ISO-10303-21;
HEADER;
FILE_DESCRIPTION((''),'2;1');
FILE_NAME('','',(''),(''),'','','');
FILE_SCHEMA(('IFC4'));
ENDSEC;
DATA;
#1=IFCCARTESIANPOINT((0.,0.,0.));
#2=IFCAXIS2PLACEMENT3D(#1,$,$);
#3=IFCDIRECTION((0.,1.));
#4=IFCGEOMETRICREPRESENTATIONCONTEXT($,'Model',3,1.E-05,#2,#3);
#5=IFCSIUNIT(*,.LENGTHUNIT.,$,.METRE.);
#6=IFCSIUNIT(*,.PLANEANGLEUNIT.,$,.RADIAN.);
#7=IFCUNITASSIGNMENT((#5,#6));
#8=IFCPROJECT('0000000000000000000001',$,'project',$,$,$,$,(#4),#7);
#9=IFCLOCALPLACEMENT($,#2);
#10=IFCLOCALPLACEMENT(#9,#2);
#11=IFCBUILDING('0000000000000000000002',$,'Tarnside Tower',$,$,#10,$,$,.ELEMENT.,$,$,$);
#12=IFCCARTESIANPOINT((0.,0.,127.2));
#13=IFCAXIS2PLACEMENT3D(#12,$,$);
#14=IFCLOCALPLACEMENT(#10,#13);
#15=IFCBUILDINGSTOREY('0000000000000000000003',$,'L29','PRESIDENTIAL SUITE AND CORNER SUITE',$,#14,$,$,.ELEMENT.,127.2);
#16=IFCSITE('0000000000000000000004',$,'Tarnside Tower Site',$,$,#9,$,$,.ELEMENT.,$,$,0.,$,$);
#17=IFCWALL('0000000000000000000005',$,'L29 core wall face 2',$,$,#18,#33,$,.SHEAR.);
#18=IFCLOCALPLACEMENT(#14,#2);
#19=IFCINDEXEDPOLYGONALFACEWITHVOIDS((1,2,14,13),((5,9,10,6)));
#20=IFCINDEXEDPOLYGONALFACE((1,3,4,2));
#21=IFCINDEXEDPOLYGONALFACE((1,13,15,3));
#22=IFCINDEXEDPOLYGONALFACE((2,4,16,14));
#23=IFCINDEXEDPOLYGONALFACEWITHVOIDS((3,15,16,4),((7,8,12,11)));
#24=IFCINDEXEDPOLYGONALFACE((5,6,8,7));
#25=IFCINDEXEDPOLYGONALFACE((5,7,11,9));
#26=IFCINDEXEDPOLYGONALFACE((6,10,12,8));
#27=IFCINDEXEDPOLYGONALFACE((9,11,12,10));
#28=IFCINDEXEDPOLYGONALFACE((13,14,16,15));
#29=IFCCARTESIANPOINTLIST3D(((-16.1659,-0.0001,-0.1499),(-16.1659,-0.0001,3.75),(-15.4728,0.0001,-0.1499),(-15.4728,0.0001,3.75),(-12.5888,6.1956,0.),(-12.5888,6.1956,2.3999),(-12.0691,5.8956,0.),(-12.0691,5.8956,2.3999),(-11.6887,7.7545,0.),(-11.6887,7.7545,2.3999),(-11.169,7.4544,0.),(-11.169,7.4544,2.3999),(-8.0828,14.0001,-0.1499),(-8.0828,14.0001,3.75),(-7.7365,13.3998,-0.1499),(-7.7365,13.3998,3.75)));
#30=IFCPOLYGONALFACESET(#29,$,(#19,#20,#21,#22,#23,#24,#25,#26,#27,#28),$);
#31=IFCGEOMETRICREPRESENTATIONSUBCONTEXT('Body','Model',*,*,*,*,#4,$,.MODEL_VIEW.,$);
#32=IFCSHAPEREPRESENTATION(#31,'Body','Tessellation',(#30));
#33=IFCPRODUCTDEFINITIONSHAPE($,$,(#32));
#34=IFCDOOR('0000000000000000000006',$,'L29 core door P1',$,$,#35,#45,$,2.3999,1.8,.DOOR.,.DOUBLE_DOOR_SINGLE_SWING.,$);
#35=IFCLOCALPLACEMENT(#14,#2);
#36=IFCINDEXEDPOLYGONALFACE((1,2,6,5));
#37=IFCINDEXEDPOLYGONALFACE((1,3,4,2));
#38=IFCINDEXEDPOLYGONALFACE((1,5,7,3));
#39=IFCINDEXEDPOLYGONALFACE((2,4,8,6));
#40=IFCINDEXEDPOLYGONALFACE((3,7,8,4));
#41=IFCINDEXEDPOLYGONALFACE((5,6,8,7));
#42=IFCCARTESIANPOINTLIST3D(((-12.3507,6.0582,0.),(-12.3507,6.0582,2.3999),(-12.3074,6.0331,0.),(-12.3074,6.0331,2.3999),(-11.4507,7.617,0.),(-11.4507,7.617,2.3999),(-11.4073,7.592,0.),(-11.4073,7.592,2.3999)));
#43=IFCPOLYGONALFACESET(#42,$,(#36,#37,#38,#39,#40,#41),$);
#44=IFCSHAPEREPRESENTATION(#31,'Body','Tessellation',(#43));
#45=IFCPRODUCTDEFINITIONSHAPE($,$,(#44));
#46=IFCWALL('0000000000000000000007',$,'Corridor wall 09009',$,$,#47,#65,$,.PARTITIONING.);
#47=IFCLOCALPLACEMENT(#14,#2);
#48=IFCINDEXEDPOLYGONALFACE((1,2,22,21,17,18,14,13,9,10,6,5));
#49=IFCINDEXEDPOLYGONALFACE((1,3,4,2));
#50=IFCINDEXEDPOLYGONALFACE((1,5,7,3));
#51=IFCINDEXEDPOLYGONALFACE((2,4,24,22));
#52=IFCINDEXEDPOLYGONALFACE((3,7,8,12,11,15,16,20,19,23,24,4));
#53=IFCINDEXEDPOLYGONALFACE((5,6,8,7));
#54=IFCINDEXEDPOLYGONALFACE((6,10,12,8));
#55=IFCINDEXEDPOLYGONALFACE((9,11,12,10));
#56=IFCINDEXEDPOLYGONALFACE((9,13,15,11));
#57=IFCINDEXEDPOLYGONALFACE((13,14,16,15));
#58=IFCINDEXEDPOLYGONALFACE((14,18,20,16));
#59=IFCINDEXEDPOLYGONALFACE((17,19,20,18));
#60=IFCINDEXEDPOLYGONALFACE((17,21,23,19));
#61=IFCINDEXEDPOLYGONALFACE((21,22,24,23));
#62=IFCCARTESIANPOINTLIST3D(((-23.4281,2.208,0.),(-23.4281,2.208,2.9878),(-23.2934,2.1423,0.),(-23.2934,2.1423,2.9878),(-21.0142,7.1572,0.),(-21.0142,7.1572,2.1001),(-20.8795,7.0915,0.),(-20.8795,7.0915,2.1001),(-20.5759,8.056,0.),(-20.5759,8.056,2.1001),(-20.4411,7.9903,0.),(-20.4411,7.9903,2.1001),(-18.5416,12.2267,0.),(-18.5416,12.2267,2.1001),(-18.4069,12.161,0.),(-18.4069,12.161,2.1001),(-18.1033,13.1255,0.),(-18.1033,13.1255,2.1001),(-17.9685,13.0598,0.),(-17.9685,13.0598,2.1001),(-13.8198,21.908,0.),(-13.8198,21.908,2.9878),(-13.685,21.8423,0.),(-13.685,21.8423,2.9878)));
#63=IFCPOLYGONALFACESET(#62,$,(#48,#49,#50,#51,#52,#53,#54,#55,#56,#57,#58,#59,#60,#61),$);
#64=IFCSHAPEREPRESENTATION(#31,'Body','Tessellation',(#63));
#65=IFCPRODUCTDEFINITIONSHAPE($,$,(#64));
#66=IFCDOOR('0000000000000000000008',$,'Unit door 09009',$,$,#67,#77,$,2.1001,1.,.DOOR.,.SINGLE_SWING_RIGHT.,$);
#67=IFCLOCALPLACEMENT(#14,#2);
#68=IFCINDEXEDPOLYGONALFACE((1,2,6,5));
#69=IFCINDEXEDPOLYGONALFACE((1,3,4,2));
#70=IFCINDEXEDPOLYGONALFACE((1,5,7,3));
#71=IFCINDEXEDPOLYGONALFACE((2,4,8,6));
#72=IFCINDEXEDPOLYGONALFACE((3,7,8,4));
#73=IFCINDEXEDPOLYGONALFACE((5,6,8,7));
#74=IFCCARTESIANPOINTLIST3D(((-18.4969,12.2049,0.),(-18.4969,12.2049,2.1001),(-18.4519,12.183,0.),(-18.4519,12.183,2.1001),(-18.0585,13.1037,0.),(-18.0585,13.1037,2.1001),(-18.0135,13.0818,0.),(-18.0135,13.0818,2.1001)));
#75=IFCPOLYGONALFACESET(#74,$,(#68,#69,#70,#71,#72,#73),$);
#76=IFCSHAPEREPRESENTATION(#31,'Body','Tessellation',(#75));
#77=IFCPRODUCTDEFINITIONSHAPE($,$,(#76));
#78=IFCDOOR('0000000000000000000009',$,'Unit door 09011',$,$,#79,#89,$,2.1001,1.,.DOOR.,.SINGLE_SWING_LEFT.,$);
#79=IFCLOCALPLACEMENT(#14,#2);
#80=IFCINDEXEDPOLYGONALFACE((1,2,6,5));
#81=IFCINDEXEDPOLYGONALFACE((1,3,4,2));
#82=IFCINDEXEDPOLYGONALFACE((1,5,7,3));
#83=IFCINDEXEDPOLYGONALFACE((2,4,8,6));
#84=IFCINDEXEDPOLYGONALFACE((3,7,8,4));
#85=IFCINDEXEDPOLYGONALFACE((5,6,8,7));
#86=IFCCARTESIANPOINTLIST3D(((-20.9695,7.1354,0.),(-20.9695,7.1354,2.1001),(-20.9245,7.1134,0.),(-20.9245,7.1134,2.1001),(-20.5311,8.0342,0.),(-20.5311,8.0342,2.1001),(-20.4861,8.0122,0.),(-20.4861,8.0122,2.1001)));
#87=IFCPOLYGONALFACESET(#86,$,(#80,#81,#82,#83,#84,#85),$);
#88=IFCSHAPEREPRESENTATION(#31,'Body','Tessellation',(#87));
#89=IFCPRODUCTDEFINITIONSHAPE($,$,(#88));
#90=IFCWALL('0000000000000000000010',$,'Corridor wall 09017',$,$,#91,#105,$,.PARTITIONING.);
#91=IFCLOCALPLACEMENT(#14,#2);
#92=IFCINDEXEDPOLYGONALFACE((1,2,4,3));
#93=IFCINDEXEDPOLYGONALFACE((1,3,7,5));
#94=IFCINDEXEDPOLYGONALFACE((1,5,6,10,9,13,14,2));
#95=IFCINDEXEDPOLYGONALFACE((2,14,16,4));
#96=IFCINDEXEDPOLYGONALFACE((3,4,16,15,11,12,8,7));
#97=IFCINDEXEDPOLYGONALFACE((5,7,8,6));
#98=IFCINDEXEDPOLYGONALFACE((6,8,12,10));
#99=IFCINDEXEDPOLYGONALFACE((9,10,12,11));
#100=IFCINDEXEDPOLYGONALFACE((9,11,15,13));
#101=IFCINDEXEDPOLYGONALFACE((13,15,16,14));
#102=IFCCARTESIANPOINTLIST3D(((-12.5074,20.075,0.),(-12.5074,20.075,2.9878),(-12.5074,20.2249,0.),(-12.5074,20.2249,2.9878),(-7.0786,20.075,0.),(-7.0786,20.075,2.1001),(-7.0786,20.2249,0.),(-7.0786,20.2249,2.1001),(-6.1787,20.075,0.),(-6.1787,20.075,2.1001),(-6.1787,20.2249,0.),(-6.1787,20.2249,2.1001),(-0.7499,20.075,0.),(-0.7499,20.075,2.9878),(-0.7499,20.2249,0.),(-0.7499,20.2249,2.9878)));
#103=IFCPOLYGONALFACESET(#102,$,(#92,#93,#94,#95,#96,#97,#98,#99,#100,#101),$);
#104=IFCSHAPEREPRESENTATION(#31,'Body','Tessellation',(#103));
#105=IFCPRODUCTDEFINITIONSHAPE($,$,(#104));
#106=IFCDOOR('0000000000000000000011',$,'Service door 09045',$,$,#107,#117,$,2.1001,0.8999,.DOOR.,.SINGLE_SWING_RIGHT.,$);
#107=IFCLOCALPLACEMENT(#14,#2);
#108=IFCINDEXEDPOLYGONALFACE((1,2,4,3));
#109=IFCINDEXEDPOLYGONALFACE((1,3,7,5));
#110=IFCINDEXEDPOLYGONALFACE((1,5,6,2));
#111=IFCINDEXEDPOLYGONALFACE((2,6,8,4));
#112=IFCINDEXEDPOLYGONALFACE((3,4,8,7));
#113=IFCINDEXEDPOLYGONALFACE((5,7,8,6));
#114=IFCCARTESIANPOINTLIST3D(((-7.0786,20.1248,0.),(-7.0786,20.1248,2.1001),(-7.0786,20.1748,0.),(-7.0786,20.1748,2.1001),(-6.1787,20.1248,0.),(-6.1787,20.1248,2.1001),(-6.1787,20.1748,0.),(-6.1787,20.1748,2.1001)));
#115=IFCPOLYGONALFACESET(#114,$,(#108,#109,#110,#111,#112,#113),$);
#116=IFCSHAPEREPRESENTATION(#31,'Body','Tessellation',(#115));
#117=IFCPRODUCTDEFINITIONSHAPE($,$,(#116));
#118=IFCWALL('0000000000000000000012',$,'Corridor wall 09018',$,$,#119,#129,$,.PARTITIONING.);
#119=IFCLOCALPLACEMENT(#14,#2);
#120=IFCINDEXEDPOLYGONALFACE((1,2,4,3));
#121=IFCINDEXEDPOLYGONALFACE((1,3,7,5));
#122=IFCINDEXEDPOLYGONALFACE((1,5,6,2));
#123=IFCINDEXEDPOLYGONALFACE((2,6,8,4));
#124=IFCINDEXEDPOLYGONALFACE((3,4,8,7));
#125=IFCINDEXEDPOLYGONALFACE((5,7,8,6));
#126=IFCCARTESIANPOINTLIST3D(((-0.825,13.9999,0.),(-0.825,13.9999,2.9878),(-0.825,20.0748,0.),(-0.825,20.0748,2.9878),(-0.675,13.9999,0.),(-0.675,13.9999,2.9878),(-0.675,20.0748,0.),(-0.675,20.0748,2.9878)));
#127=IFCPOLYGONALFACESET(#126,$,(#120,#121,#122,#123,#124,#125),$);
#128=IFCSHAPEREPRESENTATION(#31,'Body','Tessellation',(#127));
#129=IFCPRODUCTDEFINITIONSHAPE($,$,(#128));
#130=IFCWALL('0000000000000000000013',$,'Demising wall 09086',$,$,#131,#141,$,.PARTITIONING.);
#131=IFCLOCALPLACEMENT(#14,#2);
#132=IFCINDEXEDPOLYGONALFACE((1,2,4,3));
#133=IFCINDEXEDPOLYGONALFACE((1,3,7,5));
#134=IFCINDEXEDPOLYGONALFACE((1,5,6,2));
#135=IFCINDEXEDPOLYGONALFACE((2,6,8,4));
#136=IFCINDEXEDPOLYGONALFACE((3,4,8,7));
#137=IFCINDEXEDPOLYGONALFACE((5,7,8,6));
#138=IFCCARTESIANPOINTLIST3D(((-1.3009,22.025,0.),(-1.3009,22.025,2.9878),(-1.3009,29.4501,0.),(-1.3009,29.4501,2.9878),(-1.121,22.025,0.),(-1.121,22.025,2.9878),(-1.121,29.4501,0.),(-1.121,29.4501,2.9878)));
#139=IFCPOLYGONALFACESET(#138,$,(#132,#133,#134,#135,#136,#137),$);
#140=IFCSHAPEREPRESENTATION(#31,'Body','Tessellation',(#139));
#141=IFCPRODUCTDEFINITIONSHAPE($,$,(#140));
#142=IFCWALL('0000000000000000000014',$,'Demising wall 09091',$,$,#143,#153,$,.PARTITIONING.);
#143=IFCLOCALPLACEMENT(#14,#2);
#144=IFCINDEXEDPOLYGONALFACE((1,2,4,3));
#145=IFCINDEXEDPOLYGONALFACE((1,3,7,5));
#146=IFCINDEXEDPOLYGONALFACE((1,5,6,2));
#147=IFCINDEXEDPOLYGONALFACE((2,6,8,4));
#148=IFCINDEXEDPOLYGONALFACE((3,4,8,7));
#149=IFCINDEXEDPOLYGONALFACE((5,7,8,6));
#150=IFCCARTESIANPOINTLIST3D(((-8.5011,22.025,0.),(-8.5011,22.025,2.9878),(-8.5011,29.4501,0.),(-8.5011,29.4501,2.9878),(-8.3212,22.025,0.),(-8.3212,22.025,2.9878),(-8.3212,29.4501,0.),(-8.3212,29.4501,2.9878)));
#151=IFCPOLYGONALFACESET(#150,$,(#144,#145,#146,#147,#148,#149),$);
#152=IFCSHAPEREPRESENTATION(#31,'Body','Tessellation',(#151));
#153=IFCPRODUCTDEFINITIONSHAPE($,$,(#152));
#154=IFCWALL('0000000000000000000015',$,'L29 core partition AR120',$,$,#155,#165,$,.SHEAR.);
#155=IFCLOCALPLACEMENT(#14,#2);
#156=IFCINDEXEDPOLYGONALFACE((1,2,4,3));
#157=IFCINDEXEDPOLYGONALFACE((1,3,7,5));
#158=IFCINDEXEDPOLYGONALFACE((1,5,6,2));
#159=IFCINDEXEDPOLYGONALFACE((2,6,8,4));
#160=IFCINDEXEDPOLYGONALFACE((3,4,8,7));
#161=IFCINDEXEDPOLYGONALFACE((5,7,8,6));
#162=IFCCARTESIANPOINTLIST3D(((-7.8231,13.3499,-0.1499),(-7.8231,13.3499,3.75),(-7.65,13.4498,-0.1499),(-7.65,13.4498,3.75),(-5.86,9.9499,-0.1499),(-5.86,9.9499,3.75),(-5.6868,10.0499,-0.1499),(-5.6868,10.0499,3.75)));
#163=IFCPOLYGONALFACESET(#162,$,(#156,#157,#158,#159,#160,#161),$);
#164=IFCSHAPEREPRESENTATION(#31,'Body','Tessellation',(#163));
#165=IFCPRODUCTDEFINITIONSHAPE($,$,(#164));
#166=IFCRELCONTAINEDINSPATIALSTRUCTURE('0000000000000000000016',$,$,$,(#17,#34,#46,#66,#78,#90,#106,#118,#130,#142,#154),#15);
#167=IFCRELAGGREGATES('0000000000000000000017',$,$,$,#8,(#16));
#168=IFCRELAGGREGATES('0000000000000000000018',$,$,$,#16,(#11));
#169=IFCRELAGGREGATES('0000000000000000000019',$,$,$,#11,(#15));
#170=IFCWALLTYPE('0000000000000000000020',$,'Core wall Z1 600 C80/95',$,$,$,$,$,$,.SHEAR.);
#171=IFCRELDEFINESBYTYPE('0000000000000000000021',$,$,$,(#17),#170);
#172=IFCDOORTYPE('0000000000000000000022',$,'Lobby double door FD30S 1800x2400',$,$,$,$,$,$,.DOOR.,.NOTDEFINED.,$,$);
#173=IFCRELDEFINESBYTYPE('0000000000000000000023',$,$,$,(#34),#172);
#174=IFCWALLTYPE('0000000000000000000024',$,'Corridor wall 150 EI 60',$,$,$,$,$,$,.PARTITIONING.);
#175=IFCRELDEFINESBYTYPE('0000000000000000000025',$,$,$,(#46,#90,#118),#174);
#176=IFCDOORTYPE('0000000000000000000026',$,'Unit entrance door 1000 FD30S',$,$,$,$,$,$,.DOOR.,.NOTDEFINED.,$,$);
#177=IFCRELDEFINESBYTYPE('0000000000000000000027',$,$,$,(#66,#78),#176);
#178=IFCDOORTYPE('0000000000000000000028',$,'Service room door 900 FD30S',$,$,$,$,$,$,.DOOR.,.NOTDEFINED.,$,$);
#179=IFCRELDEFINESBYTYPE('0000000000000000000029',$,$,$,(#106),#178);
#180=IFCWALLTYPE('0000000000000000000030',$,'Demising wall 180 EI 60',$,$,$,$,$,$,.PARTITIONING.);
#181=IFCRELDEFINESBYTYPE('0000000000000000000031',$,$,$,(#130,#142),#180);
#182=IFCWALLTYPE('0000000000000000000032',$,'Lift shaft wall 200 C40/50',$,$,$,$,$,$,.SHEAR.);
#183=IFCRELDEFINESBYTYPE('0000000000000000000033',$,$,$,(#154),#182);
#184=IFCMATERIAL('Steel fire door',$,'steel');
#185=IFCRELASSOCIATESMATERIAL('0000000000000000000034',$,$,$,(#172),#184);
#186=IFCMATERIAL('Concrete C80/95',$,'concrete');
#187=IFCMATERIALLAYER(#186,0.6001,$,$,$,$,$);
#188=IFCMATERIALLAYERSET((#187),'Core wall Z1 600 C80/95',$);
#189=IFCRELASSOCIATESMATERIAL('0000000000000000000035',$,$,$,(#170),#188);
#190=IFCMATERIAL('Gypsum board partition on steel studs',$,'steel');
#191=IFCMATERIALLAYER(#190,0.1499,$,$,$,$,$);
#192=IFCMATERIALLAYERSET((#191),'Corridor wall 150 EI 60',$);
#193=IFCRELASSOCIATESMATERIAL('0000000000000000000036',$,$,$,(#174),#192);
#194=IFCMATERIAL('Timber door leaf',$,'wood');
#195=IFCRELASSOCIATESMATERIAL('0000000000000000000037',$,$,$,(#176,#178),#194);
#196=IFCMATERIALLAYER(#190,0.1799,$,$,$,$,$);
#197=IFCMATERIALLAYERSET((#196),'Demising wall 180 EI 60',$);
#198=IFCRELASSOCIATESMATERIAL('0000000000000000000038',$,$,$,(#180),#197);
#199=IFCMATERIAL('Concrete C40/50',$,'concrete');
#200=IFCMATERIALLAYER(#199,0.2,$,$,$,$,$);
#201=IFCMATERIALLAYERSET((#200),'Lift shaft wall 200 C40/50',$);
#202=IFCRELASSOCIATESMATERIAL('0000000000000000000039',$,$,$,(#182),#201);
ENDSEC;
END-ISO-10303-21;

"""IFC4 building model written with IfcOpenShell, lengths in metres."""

from ifc_helpers import new_model, si_unit, direction, frame, frame_2d, origin, place, context, subcontext, project, spatial, polyline, rectangle, outline, extrude, material, layer, layer_set, type_object, element, fill, save


model = new_model("IFC4")

# Units and contexts
model_context = context("Model", 3, precision=1e-05, world=origin(), true_north=direction((0.0, 1.0)))
body_context = subcontext(model_context, "Body", "Model", "MODEL_VIEW")
ifc_project = project(units=[si_unit("LENGTHUNIT", "METRE"), si_unit("PLANEANGLEUNIT", "RADIAN")], contexts=[model_context])

# Site, building, storey
site_placement = place(None, origin())
site = spatial("IfcSite", under=ifc_project, at=site_placement, Name="Tarnside Tower Site", CompositionType="ELEMENT", RefElevation=0.0)
building_placement = place(site_placement, origin())
building = spatial("IfcBuilding", under=site, at=building_placement, Name="Tarnside Tower", CompositionType="ELEMENT")
storey_placement = place(building_placement, frame((0.0, 0.0, 127.2)))
storey = spatial("IfcBuildingStorey", under=building, at=storey_placement, Name="L29", Description="PRESIDENTIAL SUITE AND CORNER SUITE", CompositionType="ELEMENT", Elevation=127.2)

# Shared definitions
ifc_material_1 = material(Name="Gypsum board partition on steel studs", Category="steel")
ifc_material_2 = material(Name="Timber door leaf", Category="wood")

# Wall, opening, door
ifc_material_3 = material(Name="Steel fire door", Category="steel")
door_type_1 = type_object("IfcDoorType", Name="Lobby double door FD30S 1800x2400", OperationType="NOTDEFINED", PredefinedType="DOOR", material=ifc_material_3)
ifc_material_4 = material(Name="Concrete C80/95", Category="concrete")
ifc_layer_1 = layer(ifc_material_4, 0.6001)
ifc_layer_set_1 = layer_set([ifc_layer_1], Name="Core wall Z1 600 C80/95")
wall_type_1 = type_object("IfcWallType", Name="Core wall Z1 600 C80/95", PredefinedType="SHEAR", material=ifc_layer_set_1)
wall_1_placement = place(storey_placement, frame((-7.9097, 13.7, -0.1499), z_axis=(0.0, 0.0, 1.0), x_axis=(-0.5, -0.866025, 0.0)))
wall_1 = element("IfcWall", 1, at=wall_1_placement, inside=storey, type_object=wall_type_1, Name="L29 core wall face 2", PredefinedType="SHEAR", context=body_context, shape_type="SweptSolid", body=[
    extrude(outline(polyline([(-0.1733, -0.3), (15.9927, -0.3), (15.646, 0.3), (0.1733, 0.3), (-0.1733, -0.3)])), origin(), (0.0, 0.0, 1.0), 3.8999),
])
opening_1_placement = place(wall_1_placement, frame((7.0386, 0.0, 0.1499)))
opening_1 = element("IfcOpeningElement", 2, at=opening_1_placement, cuts=wall_1, PredefinedType="OPENING", context=body_context, shape_type="SweptSolid", body=[
    extrude(rectangle(XDim=1.8, YDim=2.3999, at=frame_2d((0.8999, 1.2))), frame((0.0, 0.3101, 0.0), z_axis=(0.0, -1.0, 0.0), x_axis=(1.0, 0.0, 0.0)), (0.0, 0.0, 1.0), 0.6201),
])
door_1_placement = place(opening_1_placement, origin())
door_1 = element("IfcDoor", 3, at=door_1_placement, inside=storey, type_object=door_type_1, Name="L29 core door P1", OperationType="DOUBLE_DOOR_SINGLE_SWING", OverallHeight=2.3999, OverallWidth=1.8, PredefinedType="DOOR", context=body_context, shape_type="SweptSolid", body=[
    extrude(rectangle(XDim=1.8, YDim=2.3999, at=frame_2d((0.8999, 1.2))), frame((0.0, 0.0249, 0.0), z_axis=(0.0, -1.0, 0.0), x_axis=(1.0, 0.0, 0.0)), (0.0, 0.0, 1.0), 0.05),
])
fill(opening_1, door_1)

# Wall, openings, doors
ifc_layer_2 = layer(ifc_material_1, 0.1499)
ifc_layer_set_2 = layer_set([ifc_layer_2], Name="Corridor wall 150 EI 60")
wall_type_2 = type_object("IfcWallType", Name="Corridor wall 150 EI 60", PredefinedType="PARTITIONING", material=ifc_layer_set_2)
wall_2_placement = place(storey_placement, frame((-13.7524, 21.875, 0.0), z_axis=(0.0, 0.0, 1.0), x_axis=(-0.438374, -0.898792, 0.0)))
wall_2 = element("IfcWall", 4, at=wall_2_placement, inside=storey, type_object=wall_type_2, Name="Corridor wall 09009", PredefinedType="PARTITIONING", context=body_context, shape_type="SweptSolid", body=[
    extrude(rectangle(XDim=21.9182, YDim=0.1499, at=frame_2d((10.959, 0.0))), origin(), (0.0, 0.0, 1.0), 2.9878),
])
opening_2_placement = place(wall_2_placement, frame((9.7712, 0.0, 0.0)))
opening_2 = element("IfcOpeningElement", 5, at=opening_2_placement, cuts=wall_2, PredefinedType="OPENING", context=body_context, shape_type="SweptSolid", body=[
    extrude(rectangle(XDim=1.0, YDim=2.1001, at=frame_2d((0.5, 1.05))), frame((0.0, 0.085, 0.0), z_axis=(0.0, -1.0, 0.0), x_axis=(1.0, 0.0, 0.0)), (0.0, 0.0, 1.0), 0.1699),
])
opening_3_placement = place(wall_2_placement, frame((15.4116, 0.0, 0.0)))
opening_3 = element("IfcOpeningElement", 6, at=opening_3_placement, cuts=wall_2, PredefinedType="OPENING", context=body_context, shape_type="SweptSolid", body=[
    extrude(rectangle(XDim=1.0, YDim=2.1001, at=frame_2d((0.5, 1.05))), frame((0.0, 0.085, 0.0), z_axis=(0.0, -1.0, 0.0), x_axis=(1.0, 0.0, 0.0)), (0.0, 0.0, 1.0), 0.1699),
])
door_type_2 = type_object("IfcDoorType", Name="Unit entrance door 1000 FD30S", OperationType="NOTDEFINED", PredefinedType="DOOR", material=ifc_material_2)
door_2_placement = place(opening_2_placement, origin())
door_2 = element("IfcDoor", 7, at=door_2_placement, inside=storey, type_object=door_type_2, Name="Unit door 09009", OperationType="SINGLE_SWING_RIGHT", OverallHeight=2.1001, OverallWidth=1.0, PredefinedType="DOOR", context=body_context, shape_type="SweptSolid", body=[
    extrude(rectangle(XDim=1.0, YDim=2.1001, at=frame_2d((0.5, 1.05))), frame((0.0, 0.0249, 0.0), z_axis=(0.0, -1.0, 0.0), x_axis=(1.0, 0.0, 0.0)), (0.0, 0.0, 1.0), 0.05),
])
fill(opening_2, door_2)
door_3_placement = place(opening_3_placement, origin())
door_3 = element("IfcDoor", 8, at=door_3_placement, inside=storey, type_object=door_type_2, Name="Unit door 09011", OperationType="SINGLE_SWING_LEFT", OverallHeight=2.1001, OverallWidth=1.0, PredefinedType="DOOR", context=body_context, shape_type="SweptSolid", body=[
    extrude(rectangle(XDim=1.0, YDim=2.1001, at=frame_2d((0.5, 1.05))), frame((0.0, 0.0249, 0.0), z_axis=(0.0, -1.0, 0.0), x_axis=(1.0, 0.0, 0.0)), (0.0, 0.0, 1.0), 0.05),
])
fill(opening_3, door_3)

# Wall, opening, door
wall_3_placement = place(storey_placement, frame((-12.5076, 20.1499, 0.0), z_axis=(0.0, 0.0, 1.0), x_axis=(1.0, 0.0, 0.0)))
wall_3 = element("IfcWall", 9, at=wall_3_placement, inside=storey, type_object=wall_type_2, Name="Corridor wall 09017", PredefinedType="PARTITIONING", context=body_context, shape_type="SweptSolid", body=[
    extrude(rectangle(XDim=11.7576, YDim=0.1499, at=frame_2d((5.8789, 0.0))), origin(), (0.0, 0.0, 1.0), 2.9878),
])
opening_4_placement = place(wall_3_placement, frame((5.429, 0.0, 0.0)))
opening_4 = element("IfcOpeningElement", 10, at=opening_4_placement, cuts=wall_3, PredefinedType="OPENING", context=body_context, shape_type="SweptSolid", body=[
    extrude(rectangle(XDim=0.8999, YDim=2.1001, at=frame_2d((0.45, 1.05))), frame((0.0, 0.085, 0.0), z_axis=(0.0, -1.0, 0.0), x_axis=(1.0, 0.0, 0.0)), (0.0, 0.0, 1.0), 0.1699),
])
door_type_3 = type_object("IfcDoorType", Name="Service room door 900 FD30S", OperationType="NOTDEFINED", PredefinedType="DOOR", material=ifc_material_2)
door_4_placement = place(opening_4_placement, origin())
door_4 = element("IfcDoor", 11, at=door_4_placement, inside=storey, type_object=door_type_3, Name="Service door 09045", OperationType="SINGLE_SWING_RIGHT", OverallHeight=2.1001, OverallWidth=0.8999, PredefinedType="DOOR", context=body_context, shape_type="SweptSolid", body=[
    extrude(rectangle(XDim=0.8999, YDim=2.1001, at=frame_2d((0.45, 1.05))), frame((0.0, 0.0249, 0.0), z_axis=(0.0, -1.0, 0.0), x_axis=(1.0, 0.0, 0.0)), (0.0, 0.0, 1.0), 0.05),
])
fill(opening_4, door_4)

# Walls
wall_4_placement = place(storey_placement, frame((-0.75, 20.075, 0.0), z_axis=(0.0, 0.0, 1.0), x_axis=(0.0, -1.0, 0.0)))
element("IfcWall", 12, at=wall_4_placement, inside=storey, type_object=wall_type_2, Name="Corridor wall 09018", PredefinedType="PARTITIONING", context=body_context, shape_type="SweptSolid", body=[
    extrude(rectangle(XDim=6.075, YDim=0.1499, at=frame_2d((3.0376, 0.0))), origin(), (0.0, 0.0, 1.0), 2.9878),
])
ifc_layer_3 = layer(ifc_material_1, 0.1799)
ifc_layer_set_3 = layer_set([ifc_layer_3], Name="Demising wall 180 EI 60")
wall_type_3 = type_object("IfcWallType", Name="Demising wall 180 EI 60", PredefinedType="PARTITIONING", material=ifc_layer_set_3)
for number, where, z_axis, x_axis, name in (
    (13, (-1.2109, 29.45, 0.0), (0.0, 0.0, 1.0), (0.0, -1.0, 0.0), "Demising wall 09086"),
    (14, (-8.4111, 29.45, 0.0), (0.0, 0.0, 1.0), (0.0, -1.0, 0.0), "Demising wall 09091"),
):
    element("IfcWall", number, at=place(storey_placement, frame(where, z_axis=z_axis, x_axis=x_axis)), inside=storey, type_object=wall_type_3, Name=name, PredefinedType="PARTITIONING", context=body_context, shape_type="SweptSolid", body=[
        extrude(rectangle(XDim=7.425, YDim=0.1799, at=frame_2d((3.7124, 0.0))), origin(), (0.0, 0.0, 1.0), 2.9878),
    ])
ifc_material_5 = material(Name="Concrete C40/50", Category="concrete")
ifc_layer_4 = layer(ifc_material_5, 0.2)
ifc_layer_set_4 = layer_set([ifc_layer_4], Name="Lift shaft wall 200 C40/50")
wall_type_4 = type_object("IfcWallType", Name="Lift shaft wall 200 C40/50", PredefinedType="SHEAR", material=ifc_layer_set_4)
wall_5_placement = place(storey_placement, frame((-5.7734, 10.0, -0.1499), z_axis=(0.0, 0.0, 1.0), x_axis=(-0.500038, 0.866003, 0.0)))
element("IfcWall", 15, at=wall_5_placement, inside=storey, type_object=wall_type_4, Name="L29 core partition AR120", PredefinedType="SHEAR", context=body_context, shape_type="SweptSolid", body=[
    extrude(rectangle(XDim=3.926, YDim=0.2, at=frame_2d((1.9629, 0.0))), origin(), (0.0, 0.0, 1.0), 3.8999),
])

save(model, "model.ifc")
